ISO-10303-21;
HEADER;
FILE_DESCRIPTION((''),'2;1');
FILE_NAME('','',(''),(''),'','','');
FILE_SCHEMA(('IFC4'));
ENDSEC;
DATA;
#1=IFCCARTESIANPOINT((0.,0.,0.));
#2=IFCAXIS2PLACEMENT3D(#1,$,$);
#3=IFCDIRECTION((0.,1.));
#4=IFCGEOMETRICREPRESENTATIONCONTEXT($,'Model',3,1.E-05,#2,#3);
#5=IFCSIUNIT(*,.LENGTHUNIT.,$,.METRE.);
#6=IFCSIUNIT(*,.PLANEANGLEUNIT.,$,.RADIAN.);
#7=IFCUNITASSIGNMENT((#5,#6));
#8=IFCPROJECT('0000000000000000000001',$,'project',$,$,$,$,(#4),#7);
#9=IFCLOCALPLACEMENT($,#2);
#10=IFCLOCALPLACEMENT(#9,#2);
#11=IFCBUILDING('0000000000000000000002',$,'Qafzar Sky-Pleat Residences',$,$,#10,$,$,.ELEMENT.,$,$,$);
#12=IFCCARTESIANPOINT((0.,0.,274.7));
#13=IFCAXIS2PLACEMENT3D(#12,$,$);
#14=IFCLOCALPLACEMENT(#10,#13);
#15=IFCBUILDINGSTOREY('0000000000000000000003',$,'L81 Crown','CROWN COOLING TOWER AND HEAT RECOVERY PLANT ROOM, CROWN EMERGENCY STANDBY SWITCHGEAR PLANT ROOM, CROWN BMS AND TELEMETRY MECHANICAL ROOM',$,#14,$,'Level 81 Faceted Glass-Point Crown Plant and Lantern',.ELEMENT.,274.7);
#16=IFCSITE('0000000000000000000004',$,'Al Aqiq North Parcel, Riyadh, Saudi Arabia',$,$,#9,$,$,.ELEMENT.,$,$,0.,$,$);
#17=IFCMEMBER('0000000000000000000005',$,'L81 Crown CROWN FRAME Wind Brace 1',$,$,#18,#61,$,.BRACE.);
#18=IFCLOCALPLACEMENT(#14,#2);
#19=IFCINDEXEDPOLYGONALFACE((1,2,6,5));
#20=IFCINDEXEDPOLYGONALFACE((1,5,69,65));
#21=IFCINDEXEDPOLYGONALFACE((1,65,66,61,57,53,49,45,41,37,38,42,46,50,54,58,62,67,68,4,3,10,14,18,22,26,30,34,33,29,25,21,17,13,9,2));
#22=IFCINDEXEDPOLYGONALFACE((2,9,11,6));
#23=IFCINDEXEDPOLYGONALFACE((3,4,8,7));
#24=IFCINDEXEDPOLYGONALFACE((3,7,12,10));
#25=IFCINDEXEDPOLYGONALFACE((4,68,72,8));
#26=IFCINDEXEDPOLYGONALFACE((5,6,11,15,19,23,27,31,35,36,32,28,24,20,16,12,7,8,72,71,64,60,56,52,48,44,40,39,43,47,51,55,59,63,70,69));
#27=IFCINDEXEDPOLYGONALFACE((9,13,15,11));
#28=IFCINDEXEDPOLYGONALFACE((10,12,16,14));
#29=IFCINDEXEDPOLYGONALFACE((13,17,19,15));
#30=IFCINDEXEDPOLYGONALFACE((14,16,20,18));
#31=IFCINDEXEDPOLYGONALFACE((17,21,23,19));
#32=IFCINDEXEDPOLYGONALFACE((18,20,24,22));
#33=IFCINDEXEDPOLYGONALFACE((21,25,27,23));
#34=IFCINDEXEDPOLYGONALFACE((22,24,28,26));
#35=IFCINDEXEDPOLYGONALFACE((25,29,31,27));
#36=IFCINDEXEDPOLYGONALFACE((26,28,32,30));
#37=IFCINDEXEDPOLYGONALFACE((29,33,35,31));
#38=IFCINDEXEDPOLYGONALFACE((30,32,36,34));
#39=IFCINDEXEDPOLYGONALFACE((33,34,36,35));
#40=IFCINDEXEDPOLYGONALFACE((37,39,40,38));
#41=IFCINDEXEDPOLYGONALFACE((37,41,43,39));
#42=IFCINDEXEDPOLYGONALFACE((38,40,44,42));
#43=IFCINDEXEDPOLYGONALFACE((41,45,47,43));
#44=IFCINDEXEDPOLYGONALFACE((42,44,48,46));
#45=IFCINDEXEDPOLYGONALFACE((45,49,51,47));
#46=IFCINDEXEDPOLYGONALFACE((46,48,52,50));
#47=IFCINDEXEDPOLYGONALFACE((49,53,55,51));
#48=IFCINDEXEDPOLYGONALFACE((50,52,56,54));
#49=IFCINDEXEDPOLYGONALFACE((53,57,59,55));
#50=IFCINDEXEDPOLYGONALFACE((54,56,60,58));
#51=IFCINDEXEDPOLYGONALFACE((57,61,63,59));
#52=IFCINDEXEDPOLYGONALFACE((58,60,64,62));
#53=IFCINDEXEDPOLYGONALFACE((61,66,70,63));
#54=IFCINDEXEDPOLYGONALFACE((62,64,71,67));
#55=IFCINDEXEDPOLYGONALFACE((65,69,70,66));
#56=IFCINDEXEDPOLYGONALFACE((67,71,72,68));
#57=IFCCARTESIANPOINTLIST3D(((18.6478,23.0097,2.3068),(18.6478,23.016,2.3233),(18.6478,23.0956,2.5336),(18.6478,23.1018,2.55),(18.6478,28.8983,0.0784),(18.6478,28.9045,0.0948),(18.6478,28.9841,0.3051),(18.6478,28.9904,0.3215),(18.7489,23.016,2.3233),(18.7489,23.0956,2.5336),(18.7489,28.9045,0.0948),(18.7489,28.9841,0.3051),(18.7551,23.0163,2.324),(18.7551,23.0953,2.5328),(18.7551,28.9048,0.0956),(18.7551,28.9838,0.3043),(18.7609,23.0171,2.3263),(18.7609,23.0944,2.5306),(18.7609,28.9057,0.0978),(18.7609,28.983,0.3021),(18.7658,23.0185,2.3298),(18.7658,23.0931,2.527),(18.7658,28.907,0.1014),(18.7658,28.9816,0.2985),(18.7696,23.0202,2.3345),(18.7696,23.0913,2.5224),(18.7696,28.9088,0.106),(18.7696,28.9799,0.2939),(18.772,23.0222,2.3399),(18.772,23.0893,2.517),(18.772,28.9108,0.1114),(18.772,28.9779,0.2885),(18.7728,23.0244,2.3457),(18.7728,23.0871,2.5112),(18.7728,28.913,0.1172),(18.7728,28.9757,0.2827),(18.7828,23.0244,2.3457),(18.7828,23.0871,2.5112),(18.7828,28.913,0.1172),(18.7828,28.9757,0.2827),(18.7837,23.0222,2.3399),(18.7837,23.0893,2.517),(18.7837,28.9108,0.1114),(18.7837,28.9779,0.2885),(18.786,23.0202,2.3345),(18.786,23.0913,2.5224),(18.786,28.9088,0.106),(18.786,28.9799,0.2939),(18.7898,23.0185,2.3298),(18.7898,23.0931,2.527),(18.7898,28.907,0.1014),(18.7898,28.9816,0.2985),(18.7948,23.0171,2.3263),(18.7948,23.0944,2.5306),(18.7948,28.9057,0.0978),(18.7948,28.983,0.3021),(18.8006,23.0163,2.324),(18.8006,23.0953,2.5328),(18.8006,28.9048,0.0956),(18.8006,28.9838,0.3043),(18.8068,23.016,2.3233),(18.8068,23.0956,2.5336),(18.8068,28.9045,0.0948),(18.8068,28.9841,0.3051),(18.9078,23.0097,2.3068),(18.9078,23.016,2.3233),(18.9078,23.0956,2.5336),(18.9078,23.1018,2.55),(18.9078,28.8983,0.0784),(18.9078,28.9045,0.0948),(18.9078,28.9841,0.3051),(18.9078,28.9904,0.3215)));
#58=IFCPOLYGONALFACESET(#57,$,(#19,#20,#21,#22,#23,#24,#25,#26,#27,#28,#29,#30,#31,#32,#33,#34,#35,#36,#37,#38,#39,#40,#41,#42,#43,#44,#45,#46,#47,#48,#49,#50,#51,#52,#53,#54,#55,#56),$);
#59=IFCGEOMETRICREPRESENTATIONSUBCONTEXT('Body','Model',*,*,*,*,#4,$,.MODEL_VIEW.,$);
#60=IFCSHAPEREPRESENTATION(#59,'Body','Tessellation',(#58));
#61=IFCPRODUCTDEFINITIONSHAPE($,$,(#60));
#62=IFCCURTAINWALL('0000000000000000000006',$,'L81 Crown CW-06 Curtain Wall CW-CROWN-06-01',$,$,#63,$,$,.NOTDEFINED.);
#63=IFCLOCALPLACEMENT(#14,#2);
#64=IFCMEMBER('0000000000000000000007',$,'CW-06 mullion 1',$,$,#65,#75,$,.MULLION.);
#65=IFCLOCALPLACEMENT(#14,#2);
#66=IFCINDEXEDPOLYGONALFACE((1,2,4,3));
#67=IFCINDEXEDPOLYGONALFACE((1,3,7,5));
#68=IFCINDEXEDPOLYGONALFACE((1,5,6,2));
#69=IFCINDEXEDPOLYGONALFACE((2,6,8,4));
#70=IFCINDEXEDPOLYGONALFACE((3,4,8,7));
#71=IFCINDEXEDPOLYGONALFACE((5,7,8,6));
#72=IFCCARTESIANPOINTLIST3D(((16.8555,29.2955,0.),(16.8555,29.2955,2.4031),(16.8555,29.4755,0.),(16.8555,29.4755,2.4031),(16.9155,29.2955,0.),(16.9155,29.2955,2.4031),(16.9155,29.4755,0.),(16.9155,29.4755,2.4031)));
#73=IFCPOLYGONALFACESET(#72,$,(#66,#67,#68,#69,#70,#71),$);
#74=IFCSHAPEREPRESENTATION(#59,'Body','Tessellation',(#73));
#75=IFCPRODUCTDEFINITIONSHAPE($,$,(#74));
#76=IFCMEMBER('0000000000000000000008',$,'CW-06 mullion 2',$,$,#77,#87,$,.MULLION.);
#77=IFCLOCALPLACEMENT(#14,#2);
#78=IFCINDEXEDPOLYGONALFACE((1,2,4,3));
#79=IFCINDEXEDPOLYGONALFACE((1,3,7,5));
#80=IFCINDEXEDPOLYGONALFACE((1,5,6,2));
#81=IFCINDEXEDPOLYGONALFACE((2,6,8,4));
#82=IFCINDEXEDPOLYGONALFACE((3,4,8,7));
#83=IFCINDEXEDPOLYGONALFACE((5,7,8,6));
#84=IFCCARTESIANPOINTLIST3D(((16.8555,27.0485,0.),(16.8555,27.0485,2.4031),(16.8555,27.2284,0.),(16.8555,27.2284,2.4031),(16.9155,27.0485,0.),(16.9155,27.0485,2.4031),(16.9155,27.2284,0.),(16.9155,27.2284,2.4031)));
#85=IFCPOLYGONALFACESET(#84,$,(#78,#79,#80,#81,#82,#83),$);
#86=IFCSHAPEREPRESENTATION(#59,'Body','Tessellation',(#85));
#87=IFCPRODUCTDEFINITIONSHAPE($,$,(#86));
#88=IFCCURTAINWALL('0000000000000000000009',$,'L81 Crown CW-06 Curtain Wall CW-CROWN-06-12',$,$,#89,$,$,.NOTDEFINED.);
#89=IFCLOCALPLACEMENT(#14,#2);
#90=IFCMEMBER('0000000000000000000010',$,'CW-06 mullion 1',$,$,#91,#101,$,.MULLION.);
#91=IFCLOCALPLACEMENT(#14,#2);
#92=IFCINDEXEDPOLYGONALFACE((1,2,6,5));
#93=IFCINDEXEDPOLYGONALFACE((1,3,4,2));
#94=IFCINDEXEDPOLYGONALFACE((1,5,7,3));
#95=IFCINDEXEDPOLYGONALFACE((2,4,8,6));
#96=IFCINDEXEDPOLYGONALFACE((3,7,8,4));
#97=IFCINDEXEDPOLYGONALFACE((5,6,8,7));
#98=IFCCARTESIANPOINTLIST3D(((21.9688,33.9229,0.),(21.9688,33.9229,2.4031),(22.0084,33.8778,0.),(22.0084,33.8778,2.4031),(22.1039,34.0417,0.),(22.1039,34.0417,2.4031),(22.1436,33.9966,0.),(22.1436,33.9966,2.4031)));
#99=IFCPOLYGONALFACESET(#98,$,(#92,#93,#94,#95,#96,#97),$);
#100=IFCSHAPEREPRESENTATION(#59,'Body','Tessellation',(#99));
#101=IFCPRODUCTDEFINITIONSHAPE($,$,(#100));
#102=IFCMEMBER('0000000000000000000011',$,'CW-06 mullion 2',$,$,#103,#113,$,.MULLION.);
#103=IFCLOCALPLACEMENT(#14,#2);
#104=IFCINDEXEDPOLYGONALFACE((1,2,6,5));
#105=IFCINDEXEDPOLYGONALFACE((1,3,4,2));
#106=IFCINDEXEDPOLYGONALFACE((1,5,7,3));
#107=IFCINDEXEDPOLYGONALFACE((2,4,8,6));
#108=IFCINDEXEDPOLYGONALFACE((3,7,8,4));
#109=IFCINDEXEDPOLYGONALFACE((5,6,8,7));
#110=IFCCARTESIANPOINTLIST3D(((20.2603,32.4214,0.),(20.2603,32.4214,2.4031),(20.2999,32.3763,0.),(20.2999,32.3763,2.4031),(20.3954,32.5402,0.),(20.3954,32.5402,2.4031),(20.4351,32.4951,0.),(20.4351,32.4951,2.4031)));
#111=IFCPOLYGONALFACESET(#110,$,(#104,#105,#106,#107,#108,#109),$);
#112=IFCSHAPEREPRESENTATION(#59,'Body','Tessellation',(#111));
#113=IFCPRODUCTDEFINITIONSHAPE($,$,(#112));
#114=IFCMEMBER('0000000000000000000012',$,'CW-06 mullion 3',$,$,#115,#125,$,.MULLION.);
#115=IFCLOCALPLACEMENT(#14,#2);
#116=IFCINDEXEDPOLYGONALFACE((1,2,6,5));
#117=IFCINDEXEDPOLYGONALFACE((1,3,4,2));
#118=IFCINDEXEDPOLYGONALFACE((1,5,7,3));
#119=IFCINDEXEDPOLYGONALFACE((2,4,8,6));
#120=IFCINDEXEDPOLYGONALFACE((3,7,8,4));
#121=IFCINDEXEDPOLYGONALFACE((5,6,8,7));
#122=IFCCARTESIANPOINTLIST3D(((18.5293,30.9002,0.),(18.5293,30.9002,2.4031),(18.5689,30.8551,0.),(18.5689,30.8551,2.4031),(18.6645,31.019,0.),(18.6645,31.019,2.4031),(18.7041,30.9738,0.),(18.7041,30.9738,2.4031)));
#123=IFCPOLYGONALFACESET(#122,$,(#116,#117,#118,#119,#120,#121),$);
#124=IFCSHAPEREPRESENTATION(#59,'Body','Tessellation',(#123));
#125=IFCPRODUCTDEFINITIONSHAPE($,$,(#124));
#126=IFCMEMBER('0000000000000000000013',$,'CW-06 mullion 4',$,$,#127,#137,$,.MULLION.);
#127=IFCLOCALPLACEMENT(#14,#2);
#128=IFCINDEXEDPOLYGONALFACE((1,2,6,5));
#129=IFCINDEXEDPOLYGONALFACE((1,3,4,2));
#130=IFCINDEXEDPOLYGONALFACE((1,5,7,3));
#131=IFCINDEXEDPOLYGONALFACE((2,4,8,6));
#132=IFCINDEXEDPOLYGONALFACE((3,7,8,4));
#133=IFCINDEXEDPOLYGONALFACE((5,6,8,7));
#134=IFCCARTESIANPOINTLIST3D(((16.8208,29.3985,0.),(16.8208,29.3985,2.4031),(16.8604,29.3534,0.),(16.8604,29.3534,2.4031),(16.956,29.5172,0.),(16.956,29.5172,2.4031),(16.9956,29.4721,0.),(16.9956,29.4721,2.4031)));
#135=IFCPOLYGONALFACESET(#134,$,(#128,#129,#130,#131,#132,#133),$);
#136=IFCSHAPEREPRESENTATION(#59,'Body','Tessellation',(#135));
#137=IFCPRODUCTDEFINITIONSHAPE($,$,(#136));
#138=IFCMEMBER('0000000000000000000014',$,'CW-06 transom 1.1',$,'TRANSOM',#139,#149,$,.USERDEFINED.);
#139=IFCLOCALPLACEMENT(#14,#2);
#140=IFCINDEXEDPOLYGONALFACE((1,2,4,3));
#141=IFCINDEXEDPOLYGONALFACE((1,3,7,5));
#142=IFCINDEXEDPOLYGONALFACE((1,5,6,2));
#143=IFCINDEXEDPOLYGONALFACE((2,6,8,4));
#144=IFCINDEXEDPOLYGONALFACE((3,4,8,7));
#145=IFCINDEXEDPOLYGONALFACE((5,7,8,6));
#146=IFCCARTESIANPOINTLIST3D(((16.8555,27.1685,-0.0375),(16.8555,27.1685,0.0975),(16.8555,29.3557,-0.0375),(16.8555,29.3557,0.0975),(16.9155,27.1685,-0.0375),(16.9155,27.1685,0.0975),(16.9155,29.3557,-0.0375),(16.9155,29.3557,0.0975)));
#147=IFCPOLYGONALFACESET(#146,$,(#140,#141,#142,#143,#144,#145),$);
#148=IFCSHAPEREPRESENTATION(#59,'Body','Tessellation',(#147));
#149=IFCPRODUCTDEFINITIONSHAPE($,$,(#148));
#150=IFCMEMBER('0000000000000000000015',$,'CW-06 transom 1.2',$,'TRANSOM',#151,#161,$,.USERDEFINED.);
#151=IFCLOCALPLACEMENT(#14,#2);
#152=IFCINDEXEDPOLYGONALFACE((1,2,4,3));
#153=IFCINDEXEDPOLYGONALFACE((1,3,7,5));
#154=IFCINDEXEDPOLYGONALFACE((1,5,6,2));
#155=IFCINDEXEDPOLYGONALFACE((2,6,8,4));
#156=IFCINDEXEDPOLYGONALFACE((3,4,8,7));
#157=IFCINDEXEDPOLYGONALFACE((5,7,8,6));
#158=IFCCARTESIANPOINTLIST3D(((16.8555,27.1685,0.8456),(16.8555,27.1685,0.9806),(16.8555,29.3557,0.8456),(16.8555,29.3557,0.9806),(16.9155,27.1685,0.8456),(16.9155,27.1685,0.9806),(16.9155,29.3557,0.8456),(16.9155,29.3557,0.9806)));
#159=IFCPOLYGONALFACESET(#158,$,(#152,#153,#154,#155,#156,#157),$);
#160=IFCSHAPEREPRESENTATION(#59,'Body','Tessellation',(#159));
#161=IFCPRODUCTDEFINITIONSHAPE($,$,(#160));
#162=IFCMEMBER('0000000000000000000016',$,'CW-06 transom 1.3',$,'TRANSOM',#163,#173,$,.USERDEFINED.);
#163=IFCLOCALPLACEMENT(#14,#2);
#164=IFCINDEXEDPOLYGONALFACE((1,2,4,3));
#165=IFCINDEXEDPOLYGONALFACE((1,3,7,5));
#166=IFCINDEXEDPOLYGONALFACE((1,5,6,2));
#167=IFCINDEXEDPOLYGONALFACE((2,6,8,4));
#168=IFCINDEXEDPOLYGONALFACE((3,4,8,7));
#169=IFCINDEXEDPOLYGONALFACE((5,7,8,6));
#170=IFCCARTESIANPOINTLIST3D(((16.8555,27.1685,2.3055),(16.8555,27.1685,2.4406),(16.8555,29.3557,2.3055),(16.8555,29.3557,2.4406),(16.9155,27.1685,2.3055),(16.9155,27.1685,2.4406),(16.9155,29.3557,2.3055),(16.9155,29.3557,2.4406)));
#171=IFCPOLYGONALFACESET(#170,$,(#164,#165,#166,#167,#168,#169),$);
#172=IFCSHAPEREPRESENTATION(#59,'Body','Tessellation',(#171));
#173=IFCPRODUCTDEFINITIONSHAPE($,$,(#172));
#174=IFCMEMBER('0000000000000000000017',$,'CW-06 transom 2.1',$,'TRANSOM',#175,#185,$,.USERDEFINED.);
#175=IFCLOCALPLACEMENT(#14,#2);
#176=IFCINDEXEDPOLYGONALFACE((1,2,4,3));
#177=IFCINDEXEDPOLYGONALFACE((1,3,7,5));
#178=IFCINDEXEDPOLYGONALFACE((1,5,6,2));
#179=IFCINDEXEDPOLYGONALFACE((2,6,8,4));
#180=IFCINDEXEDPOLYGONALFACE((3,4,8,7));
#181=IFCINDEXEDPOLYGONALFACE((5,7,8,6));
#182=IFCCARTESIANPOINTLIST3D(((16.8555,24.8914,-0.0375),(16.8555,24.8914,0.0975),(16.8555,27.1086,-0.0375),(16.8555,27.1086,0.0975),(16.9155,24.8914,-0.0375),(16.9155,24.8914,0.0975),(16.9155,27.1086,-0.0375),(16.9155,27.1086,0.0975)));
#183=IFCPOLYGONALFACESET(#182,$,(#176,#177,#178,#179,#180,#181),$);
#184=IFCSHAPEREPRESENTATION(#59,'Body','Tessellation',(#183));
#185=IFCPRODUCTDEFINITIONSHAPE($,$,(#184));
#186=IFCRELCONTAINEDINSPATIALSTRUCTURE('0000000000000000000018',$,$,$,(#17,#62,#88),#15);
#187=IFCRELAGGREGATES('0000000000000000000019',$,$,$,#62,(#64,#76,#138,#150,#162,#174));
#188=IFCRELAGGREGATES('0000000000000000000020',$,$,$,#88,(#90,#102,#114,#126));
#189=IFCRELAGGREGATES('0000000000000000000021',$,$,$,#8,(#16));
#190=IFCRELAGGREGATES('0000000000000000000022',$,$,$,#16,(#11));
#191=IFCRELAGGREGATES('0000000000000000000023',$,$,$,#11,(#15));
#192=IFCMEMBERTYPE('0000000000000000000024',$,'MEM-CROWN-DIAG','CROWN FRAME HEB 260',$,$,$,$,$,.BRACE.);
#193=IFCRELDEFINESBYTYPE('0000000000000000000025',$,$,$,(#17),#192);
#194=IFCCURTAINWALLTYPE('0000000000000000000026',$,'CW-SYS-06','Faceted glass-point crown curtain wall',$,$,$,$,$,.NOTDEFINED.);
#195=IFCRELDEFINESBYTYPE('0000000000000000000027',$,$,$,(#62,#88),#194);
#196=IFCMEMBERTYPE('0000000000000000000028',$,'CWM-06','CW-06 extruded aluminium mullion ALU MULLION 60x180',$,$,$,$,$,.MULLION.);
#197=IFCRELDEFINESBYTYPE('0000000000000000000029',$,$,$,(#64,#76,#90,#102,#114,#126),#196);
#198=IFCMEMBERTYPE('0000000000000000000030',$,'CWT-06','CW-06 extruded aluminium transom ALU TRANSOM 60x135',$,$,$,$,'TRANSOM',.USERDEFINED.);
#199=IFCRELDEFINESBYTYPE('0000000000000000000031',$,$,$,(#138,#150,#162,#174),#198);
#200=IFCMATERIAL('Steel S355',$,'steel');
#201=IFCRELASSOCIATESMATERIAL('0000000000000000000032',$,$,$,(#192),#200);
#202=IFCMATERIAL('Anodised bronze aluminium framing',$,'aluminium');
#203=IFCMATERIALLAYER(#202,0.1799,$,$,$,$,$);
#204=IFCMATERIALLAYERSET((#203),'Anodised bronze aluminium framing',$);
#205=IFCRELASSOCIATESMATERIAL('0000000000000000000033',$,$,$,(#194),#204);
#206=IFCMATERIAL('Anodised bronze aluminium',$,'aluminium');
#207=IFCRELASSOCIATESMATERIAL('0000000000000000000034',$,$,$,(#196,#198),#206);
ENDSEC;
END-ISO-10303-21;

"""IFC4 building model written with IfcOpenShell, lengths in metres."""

from ifc_helpers import new_model, si_unit, direction, frame, origin, origin_2d, place, context, subcontext, project, spatial, rectangle, i_section, extrude, source, transform, mapped, material, layer, layer_set, material_profile, profile_set, type_object, element, aggregate, save


model = new_model("IFC4")

# Units and contexts
model_context = context("Model", 3, precision=1e-05, world=origin(), true_north=direction((0.0, 1.0)))
body_context = subcontext(model_context, "Body", "Model", "MODEL_VIEW")
ifc_project = project(units=[si_unit("LENGTHUNIT", "METRE"), si_unit("PLANEANGLEUNIT", "RADIAN")], contexts=[model_context])

# Site, building, storey
site_placement = place(None, origin())
site = spatial("IfcSite", under=ifc_project, at=site_placement, Name="Al Aqiq North Parcel, Riyadh, Saudi Arabia", CompositionType="ELEMENT", RefElevation=0.0)
building_placement = place(site_placement, origin())
building = spatial("IfcBuilding", under=site, at=building_placement, Name="Qafzar Sky-Pleat Residences", CompositionType="ELEMENT")
storey_placement = place(building_placement, frame((0.0, 0.0, 274.7)))
storey = spatial("IfcBuildingStorey", under=building, at=storey_placement, Name="L81 Crown", Description="CROWN COOLING TOWER AND HEAT RECOVERY PLANT ROOM, CROWN EMERGENCY STANDBY SWITCHGEAR PLANT ROOM, CROWN BMS AND TELEMETRY MECHANICAL ROOM", LongName="Level 81 Faceted Glass-Point Crown Plant and Lantern", CompositionType="ELEMENT", Elevation=274.7)

# Member
ifc_material_1 = material(Name="Steel S355", Category="steel")
ifc_material_profile_1 = material_profile(ifc_material_1, i_section(OverallWidth=0.26, OverallDepth=0.26, WebThickness=0.01, FlangeThickness=0.0176, FilletRadius=0.0239, at=origin_2d()), Name="HEB 260")
ifc_profile_set_1 = profile_set([ifc_material_profile_1], Name="Steel S355")
member_type_1 = type_object("IfcMemberType", Name="MEM-CROWN-DIAG", Description="CROWN FRAME HEB 260", PredefinedType="BRACE", material=ifc_profile_set_1)
shared_shape_1 = source(origin(), body_context, "Body", "SweptSolid", [
    extrude(i_section(OverallWidth=0.26, OverallDepth=0.26, WebThickness=0.01, FlangeThickness=0.0176, FilletRadius=0.0239, at=origin_2d()), origin(), (0.0, 0.0, 1.0), 6.2961),
])
member_1_placement = place(storey_placement, frame((18.7778, 28.9443, 0.2), z_axis=(0.0, -0.935267, 0.353943), x_axis=(1.0, 0.0, 0.0)))
element("IfcMember", 1, at=member_1_placement, inside=storey, type_object=member_type_1, Name="L81 Crown CROWN FRAME Wind Brace 1", PredefinedType="BRACE", context=body_context, shape_type="MappedRepresentation", body=[
    mapped(shared_shape_1, transform((0.0, 0.0, 0.0), x_axis=(1.0, 0.0, 0.0), y_axis=(0.0, 1.0, 0.0), z_axis=(0.0, 0.0, 1.0), scale=1.0)),
])

# Curtain walls, members
ifc_material_2 = material(Name="Anodised bronze aluminium framing", Category="aluminium")
ifc_layer_1 = layer(ifc_material_2, 0.1799)
ifc_layer_set_1 = layer_set([ifc_layer_1], Name="Anodised bronze aluminium framing")
curtain_wall_type = type_object("IfcCurtainWallType", Name="CW-SYS-06", Description="Faceted glass-point crown curtain wall", PredefinedType="NOTDEFINED", material=ifc_layer_set_1)
curtain_wall_1_placement = place(storey_placement, origin())
curtain_wall_1 = element("IfcCurtainWall", 2, at=curtain_wall_1_placement, inside=storey, type_object=curtain_wall_type, Name="L81 Crown CW-06 Curtain Wall CW-CROWN-06-01", PredefinedType="NOTDEFINED")
ifc_material_3 = material(Name="Anodised bronze aluminium", Category="aluminium")
ifc_material_profile_2 = material_profile(ifc_material_3, rectangle(XDim=0.0601, YDim=0.1799, at=origin_2d()), Name="ALU MULLION 60x180")
ifc_profile_set_2 = profile_set([ifc_material_profile_2], Name="Anodised bronze aluminium")
member_type_2 = type_object("IfcMemberType", Name="CWM-06", Description="CW-06 extruded aluminium mullion ALU MULLION 60x180", PredefinedType="MULLION", material=ifc_profile_set_2)
shared_shape_2 = source(origin(), body_context, "Body", "SweptSolid", [
    extrude(rectangle(XDim=0.0601, YDim=0.1799, at=origin_2d()), origin(), (0.0, 0.0, 1.0), 2.4031),
])
member_2_placement = place(storey_placement, frame((16.8855, 29.3855, 0.0), z_axis=(0.0, 0.0, 1.0), x_axis=(1.0, 0.0, 0.0)))
member_2 = element("IfcMember", 3, at=member_2_placement, type_object=member_type_2, Name="CW-06 mullion 1", PredefinedType="MULLION", context=body_context, shape_type="MappedRepresentation", body=[
    mapped(shared_shape_2, transform((0.0, 0.0, 0.0), x_axis=(1.0, 0.0, 0.0), y_axis=(0.0, 1.0, 0.0), z_axis=(0.0, 0.0, 1.0), scale=1.0)),
])
member_3_placement = place(storey_placement, frame((16.8855, 27.1384, 0.0), z_axis=(0.0, 0.0, 1.0), x_axis=(1.0, 0.0, 0.0)))
member_3 = element("IfcMember", 4, at=member_3_placement, type_object=member_type_2, Name="CW-06 mullion 2", PredefinedType="MULLION", context=body_context, shape_type="MappedRepresentation", body=[
    mapped(shared_shape_2, transform((0.0, 0.0, 0.0), x_axis=(1.0, 0.0, 0.0), y_axis=(0.0, 1.0, 0.0), z_axis=(0.0, 0.0, 1.0), scale=1.0)),
])
curtain_wall_2_placement = place(storey_placement, origin())
curtain_wall_2 = element("IfcCurtainWall", 5, at=curtain_wall_2_placement, inside=storey, type_object=curtain_wall_type, Name="L81 Crown CW-06 Curtain Wall CW-CROWN-06-12", PredefinedType="NOTDEFINED")
member_4_placement = place(storey_placement, frame((22.0562, 33.9597, 0.0), z_axis=(0.0, 0.0, 1.0), x_axis=(0.660137, -0.751145, 0.0)))
member_4 = element("IfcMember", 6, at=member_4_placement, type_object=member_type_2, Name="CW-06 mullion 1", PredefinedType="MULLION", context=body_context, shape_type="MappedRepresentation", body=[
    mapped(shared_shape_2, transform((0.0, 0.0, 0.0), x_axis=(1.0, 0.0, 0.0), y_axis=(0.0, 1.0, 0.0), z_axis=(0.0, 0.0, 1.0), scale=1.0)),
])
member_5_placement = place(storey_placement, frame((20.3477, 32.4583, 0.0), z_axis=(0.0, 0.0, 1.0), x_axis=(0.660137, -0.751145, 0.0)))
member_5 = element("IfcMember", 7, at=member_5_placement, type_object=member_type_2, Name="CW-06 mullion 2", PredefinedType="MULLION", context=body_context, shape_type="MappedRepresentation", body=[
    mapped(shared_shape_2, transform((0.0, 0.0, 0.0), x_axis=(1.0, 0.0, 0.0), y_axis=(0.0, 1.0, 0.0), z_axis=(0.0, 0.0, 1.0), scale=1.0)),
])
member_6_placement = place(storey_placement, frame((18.6167, 30.937, 0.0), z_axis=(0.0, 0.0, 1.0), x_axis=(0.660137, -0.751145, 0.0)))
member_6 = element("IfcMember", 8, at=member_6_placement, type_object=member_type_2, Name="CW-06 mullion 3", PredefinedType="MULLION", context=body_context, shape_type="MappedRepresentation", body=[
    mapped(shared_shape_2, transform((0.0, 0.0, 0.0), x_axis=(1.0, 0.0, 0.0), y_axis=(0.0, 1.0, 0.0), z_axis=(0.0, 0.0, 1.0), scale=1.0)),
])
member_7_placement = place(storey_placement, frame((16.9082, 29.4353, 0.0), z_axis=(0.0, 0.0, 1.0), x_axis=(0.660137, -0.751145, 0.0)))
member_7 = element("IfcMember", 9, at=member_7_placement, type_object=member_type_2, Name="CW-06 mullion 4", PredefinedType="MULLION", context=body_context, shape_type="MappedRepresentation", body=[
    mapped(shared_shape_2, transform((0.0, 0.0, 0.0), x_axis=(1.0, 0.0, 0.0), y_axis=(0.0, 1.0, 0.0), z_axis=(0.0, 0.0, 1.0), scale=1.0)),
])

# Members
ifc_material_profile_3 = material_profile(ifc_material_3, rectangle(XDim=0.0601, YDim=0.135, at=origin_2d()), Name="ALU TRANSOM 60x135")
ifc_profile_set_3 = profile_set([ifc_material_profile_3], Name="Anodised bronze aluminium")
member_type_3 = type_object("IfcMemberType", Name="CWT-06", Description="CW-06 extruded aluminium transom ALU TRANSOM 60x135", ElementType="TRANSOM", PredefinedType="USERDEFINED", material=ifc_profile_set_3)
shared_shape_3 = source(origin(), body_context, "Body", "SweptSolid", [
    extrude(rectangle(XDim=0.0601, YDim=0.135, at=origin_2d()), origin(), (0.0, 0.0, 1.0), 2.1873),
])
member_8_placement = place(storey_placement, frame((16.8855, 29.3557, 0.03), z_axis=(0.0, -1.0, 0.0), x_axis=(1.0, 0.0, 0.0)))
member_8 = element("IfcMember", 10, at=member_8_placement, type_object=member_type_3, Name="CW-06 transom 1.1", ObjectType="TRANSOM", PredefinedType="USERDEFINED", context=body_context, shape_type="MappedRepresentation", body=[
    mapped(shared_shape_3, transform((0.0, 0.0, 0.0), x_axis=(1.0, 0.0, 0.0), y_axis=(0.0, 1.0, 0.0), z_axis=(0.0, 0.0, 1.0), scale=1.0)),
])
member_9_placement = place(storey_placement, frame((16.8855, 29.3557, 0.9131), z_axis=(0.0, -1.0, 0.0), x_axis=(1.0, 0.0, 0.0)))
member_9 = element("IfcMember", 11, at=member_9_placement, type_object=member_type_3, Name="CW-06 transom 1.2", ObjectType="TRANSOM", PredefinedType="USERDEFINED", context=body_context, shape_type="MappedRepresentation", body=[
    mapped(shared_shape_3, transform((0.0, 0.0, 0.0), x_axis=(1.0, 0.0, 0.0), y_axis=(0.0, 1.0, 0.0), z_axis=(0.0, 0.0, 1.0), scale=1.0)),
])
member_10_placement = place(storey_placement, frame((16.8855, 29.3557, 2.373), z_axis=(0.0, -1.0, 0.0), x_axis=(1.0, 0.0, 0.0)))
member_10 = element("IfcMember", 12, at=member_10_placement, type_object=member_type_3, Name="CW-06 transom 1.3", ObjectType="TRANSOM", PredefinedType="USERDEFINED", context=body_context, shape_type="MappedRepresentation", body=[
    mapped(shared_shape_3, transform((0.0, 0.0, 0.0), x_axis=(1.0, 0.0, 0.0), y_axis=(0.0, 1.0, 0.0), z_axis=(0.0, 0.0, 1.0), scale=1.0)),
])
shared_shape_4 = source(origin(), body_context, "Body", "SweptSolid", [
    extrude(rectangle(XDim=0.0601, YDim=0.135, at=origin_2d()), origin(), (0.0, 0.0, 1.0), 2.2173),
])
member_11_placement = place(storey_placement, frame((16.8855, 27.1086, 0.03), z_axis=(0.0, -1.0, 0.0), x_axis=(1.0, 0.0, 0.0)))
member_11 = element("IfcMember", 13, at=member_11_placement, type_object=member_type_3, Name="CW-06 transom 2.1", ObjectType="TRANSOM", PredefinedType="USERDEFINED", context=body_context, shape_type="MappedRepresentation", body=[
    mapped(shared_shape_4, transform((0.0, 0.0, 0.0), x_axis=(1.0, 0.0, 0.0), y_axis=(0.0, 1.0, 0.0), z_axis=(0.0, 0.0, 1.0), scale=1.0)),
])

aggregate(curtain_wall_1, [member_2, member_3, member_8, member_9, member_10, member_11])
aggregate(curtain_wall_2, [member_4, member_5, member_6, member_7])

save(model, "model.ifc")
